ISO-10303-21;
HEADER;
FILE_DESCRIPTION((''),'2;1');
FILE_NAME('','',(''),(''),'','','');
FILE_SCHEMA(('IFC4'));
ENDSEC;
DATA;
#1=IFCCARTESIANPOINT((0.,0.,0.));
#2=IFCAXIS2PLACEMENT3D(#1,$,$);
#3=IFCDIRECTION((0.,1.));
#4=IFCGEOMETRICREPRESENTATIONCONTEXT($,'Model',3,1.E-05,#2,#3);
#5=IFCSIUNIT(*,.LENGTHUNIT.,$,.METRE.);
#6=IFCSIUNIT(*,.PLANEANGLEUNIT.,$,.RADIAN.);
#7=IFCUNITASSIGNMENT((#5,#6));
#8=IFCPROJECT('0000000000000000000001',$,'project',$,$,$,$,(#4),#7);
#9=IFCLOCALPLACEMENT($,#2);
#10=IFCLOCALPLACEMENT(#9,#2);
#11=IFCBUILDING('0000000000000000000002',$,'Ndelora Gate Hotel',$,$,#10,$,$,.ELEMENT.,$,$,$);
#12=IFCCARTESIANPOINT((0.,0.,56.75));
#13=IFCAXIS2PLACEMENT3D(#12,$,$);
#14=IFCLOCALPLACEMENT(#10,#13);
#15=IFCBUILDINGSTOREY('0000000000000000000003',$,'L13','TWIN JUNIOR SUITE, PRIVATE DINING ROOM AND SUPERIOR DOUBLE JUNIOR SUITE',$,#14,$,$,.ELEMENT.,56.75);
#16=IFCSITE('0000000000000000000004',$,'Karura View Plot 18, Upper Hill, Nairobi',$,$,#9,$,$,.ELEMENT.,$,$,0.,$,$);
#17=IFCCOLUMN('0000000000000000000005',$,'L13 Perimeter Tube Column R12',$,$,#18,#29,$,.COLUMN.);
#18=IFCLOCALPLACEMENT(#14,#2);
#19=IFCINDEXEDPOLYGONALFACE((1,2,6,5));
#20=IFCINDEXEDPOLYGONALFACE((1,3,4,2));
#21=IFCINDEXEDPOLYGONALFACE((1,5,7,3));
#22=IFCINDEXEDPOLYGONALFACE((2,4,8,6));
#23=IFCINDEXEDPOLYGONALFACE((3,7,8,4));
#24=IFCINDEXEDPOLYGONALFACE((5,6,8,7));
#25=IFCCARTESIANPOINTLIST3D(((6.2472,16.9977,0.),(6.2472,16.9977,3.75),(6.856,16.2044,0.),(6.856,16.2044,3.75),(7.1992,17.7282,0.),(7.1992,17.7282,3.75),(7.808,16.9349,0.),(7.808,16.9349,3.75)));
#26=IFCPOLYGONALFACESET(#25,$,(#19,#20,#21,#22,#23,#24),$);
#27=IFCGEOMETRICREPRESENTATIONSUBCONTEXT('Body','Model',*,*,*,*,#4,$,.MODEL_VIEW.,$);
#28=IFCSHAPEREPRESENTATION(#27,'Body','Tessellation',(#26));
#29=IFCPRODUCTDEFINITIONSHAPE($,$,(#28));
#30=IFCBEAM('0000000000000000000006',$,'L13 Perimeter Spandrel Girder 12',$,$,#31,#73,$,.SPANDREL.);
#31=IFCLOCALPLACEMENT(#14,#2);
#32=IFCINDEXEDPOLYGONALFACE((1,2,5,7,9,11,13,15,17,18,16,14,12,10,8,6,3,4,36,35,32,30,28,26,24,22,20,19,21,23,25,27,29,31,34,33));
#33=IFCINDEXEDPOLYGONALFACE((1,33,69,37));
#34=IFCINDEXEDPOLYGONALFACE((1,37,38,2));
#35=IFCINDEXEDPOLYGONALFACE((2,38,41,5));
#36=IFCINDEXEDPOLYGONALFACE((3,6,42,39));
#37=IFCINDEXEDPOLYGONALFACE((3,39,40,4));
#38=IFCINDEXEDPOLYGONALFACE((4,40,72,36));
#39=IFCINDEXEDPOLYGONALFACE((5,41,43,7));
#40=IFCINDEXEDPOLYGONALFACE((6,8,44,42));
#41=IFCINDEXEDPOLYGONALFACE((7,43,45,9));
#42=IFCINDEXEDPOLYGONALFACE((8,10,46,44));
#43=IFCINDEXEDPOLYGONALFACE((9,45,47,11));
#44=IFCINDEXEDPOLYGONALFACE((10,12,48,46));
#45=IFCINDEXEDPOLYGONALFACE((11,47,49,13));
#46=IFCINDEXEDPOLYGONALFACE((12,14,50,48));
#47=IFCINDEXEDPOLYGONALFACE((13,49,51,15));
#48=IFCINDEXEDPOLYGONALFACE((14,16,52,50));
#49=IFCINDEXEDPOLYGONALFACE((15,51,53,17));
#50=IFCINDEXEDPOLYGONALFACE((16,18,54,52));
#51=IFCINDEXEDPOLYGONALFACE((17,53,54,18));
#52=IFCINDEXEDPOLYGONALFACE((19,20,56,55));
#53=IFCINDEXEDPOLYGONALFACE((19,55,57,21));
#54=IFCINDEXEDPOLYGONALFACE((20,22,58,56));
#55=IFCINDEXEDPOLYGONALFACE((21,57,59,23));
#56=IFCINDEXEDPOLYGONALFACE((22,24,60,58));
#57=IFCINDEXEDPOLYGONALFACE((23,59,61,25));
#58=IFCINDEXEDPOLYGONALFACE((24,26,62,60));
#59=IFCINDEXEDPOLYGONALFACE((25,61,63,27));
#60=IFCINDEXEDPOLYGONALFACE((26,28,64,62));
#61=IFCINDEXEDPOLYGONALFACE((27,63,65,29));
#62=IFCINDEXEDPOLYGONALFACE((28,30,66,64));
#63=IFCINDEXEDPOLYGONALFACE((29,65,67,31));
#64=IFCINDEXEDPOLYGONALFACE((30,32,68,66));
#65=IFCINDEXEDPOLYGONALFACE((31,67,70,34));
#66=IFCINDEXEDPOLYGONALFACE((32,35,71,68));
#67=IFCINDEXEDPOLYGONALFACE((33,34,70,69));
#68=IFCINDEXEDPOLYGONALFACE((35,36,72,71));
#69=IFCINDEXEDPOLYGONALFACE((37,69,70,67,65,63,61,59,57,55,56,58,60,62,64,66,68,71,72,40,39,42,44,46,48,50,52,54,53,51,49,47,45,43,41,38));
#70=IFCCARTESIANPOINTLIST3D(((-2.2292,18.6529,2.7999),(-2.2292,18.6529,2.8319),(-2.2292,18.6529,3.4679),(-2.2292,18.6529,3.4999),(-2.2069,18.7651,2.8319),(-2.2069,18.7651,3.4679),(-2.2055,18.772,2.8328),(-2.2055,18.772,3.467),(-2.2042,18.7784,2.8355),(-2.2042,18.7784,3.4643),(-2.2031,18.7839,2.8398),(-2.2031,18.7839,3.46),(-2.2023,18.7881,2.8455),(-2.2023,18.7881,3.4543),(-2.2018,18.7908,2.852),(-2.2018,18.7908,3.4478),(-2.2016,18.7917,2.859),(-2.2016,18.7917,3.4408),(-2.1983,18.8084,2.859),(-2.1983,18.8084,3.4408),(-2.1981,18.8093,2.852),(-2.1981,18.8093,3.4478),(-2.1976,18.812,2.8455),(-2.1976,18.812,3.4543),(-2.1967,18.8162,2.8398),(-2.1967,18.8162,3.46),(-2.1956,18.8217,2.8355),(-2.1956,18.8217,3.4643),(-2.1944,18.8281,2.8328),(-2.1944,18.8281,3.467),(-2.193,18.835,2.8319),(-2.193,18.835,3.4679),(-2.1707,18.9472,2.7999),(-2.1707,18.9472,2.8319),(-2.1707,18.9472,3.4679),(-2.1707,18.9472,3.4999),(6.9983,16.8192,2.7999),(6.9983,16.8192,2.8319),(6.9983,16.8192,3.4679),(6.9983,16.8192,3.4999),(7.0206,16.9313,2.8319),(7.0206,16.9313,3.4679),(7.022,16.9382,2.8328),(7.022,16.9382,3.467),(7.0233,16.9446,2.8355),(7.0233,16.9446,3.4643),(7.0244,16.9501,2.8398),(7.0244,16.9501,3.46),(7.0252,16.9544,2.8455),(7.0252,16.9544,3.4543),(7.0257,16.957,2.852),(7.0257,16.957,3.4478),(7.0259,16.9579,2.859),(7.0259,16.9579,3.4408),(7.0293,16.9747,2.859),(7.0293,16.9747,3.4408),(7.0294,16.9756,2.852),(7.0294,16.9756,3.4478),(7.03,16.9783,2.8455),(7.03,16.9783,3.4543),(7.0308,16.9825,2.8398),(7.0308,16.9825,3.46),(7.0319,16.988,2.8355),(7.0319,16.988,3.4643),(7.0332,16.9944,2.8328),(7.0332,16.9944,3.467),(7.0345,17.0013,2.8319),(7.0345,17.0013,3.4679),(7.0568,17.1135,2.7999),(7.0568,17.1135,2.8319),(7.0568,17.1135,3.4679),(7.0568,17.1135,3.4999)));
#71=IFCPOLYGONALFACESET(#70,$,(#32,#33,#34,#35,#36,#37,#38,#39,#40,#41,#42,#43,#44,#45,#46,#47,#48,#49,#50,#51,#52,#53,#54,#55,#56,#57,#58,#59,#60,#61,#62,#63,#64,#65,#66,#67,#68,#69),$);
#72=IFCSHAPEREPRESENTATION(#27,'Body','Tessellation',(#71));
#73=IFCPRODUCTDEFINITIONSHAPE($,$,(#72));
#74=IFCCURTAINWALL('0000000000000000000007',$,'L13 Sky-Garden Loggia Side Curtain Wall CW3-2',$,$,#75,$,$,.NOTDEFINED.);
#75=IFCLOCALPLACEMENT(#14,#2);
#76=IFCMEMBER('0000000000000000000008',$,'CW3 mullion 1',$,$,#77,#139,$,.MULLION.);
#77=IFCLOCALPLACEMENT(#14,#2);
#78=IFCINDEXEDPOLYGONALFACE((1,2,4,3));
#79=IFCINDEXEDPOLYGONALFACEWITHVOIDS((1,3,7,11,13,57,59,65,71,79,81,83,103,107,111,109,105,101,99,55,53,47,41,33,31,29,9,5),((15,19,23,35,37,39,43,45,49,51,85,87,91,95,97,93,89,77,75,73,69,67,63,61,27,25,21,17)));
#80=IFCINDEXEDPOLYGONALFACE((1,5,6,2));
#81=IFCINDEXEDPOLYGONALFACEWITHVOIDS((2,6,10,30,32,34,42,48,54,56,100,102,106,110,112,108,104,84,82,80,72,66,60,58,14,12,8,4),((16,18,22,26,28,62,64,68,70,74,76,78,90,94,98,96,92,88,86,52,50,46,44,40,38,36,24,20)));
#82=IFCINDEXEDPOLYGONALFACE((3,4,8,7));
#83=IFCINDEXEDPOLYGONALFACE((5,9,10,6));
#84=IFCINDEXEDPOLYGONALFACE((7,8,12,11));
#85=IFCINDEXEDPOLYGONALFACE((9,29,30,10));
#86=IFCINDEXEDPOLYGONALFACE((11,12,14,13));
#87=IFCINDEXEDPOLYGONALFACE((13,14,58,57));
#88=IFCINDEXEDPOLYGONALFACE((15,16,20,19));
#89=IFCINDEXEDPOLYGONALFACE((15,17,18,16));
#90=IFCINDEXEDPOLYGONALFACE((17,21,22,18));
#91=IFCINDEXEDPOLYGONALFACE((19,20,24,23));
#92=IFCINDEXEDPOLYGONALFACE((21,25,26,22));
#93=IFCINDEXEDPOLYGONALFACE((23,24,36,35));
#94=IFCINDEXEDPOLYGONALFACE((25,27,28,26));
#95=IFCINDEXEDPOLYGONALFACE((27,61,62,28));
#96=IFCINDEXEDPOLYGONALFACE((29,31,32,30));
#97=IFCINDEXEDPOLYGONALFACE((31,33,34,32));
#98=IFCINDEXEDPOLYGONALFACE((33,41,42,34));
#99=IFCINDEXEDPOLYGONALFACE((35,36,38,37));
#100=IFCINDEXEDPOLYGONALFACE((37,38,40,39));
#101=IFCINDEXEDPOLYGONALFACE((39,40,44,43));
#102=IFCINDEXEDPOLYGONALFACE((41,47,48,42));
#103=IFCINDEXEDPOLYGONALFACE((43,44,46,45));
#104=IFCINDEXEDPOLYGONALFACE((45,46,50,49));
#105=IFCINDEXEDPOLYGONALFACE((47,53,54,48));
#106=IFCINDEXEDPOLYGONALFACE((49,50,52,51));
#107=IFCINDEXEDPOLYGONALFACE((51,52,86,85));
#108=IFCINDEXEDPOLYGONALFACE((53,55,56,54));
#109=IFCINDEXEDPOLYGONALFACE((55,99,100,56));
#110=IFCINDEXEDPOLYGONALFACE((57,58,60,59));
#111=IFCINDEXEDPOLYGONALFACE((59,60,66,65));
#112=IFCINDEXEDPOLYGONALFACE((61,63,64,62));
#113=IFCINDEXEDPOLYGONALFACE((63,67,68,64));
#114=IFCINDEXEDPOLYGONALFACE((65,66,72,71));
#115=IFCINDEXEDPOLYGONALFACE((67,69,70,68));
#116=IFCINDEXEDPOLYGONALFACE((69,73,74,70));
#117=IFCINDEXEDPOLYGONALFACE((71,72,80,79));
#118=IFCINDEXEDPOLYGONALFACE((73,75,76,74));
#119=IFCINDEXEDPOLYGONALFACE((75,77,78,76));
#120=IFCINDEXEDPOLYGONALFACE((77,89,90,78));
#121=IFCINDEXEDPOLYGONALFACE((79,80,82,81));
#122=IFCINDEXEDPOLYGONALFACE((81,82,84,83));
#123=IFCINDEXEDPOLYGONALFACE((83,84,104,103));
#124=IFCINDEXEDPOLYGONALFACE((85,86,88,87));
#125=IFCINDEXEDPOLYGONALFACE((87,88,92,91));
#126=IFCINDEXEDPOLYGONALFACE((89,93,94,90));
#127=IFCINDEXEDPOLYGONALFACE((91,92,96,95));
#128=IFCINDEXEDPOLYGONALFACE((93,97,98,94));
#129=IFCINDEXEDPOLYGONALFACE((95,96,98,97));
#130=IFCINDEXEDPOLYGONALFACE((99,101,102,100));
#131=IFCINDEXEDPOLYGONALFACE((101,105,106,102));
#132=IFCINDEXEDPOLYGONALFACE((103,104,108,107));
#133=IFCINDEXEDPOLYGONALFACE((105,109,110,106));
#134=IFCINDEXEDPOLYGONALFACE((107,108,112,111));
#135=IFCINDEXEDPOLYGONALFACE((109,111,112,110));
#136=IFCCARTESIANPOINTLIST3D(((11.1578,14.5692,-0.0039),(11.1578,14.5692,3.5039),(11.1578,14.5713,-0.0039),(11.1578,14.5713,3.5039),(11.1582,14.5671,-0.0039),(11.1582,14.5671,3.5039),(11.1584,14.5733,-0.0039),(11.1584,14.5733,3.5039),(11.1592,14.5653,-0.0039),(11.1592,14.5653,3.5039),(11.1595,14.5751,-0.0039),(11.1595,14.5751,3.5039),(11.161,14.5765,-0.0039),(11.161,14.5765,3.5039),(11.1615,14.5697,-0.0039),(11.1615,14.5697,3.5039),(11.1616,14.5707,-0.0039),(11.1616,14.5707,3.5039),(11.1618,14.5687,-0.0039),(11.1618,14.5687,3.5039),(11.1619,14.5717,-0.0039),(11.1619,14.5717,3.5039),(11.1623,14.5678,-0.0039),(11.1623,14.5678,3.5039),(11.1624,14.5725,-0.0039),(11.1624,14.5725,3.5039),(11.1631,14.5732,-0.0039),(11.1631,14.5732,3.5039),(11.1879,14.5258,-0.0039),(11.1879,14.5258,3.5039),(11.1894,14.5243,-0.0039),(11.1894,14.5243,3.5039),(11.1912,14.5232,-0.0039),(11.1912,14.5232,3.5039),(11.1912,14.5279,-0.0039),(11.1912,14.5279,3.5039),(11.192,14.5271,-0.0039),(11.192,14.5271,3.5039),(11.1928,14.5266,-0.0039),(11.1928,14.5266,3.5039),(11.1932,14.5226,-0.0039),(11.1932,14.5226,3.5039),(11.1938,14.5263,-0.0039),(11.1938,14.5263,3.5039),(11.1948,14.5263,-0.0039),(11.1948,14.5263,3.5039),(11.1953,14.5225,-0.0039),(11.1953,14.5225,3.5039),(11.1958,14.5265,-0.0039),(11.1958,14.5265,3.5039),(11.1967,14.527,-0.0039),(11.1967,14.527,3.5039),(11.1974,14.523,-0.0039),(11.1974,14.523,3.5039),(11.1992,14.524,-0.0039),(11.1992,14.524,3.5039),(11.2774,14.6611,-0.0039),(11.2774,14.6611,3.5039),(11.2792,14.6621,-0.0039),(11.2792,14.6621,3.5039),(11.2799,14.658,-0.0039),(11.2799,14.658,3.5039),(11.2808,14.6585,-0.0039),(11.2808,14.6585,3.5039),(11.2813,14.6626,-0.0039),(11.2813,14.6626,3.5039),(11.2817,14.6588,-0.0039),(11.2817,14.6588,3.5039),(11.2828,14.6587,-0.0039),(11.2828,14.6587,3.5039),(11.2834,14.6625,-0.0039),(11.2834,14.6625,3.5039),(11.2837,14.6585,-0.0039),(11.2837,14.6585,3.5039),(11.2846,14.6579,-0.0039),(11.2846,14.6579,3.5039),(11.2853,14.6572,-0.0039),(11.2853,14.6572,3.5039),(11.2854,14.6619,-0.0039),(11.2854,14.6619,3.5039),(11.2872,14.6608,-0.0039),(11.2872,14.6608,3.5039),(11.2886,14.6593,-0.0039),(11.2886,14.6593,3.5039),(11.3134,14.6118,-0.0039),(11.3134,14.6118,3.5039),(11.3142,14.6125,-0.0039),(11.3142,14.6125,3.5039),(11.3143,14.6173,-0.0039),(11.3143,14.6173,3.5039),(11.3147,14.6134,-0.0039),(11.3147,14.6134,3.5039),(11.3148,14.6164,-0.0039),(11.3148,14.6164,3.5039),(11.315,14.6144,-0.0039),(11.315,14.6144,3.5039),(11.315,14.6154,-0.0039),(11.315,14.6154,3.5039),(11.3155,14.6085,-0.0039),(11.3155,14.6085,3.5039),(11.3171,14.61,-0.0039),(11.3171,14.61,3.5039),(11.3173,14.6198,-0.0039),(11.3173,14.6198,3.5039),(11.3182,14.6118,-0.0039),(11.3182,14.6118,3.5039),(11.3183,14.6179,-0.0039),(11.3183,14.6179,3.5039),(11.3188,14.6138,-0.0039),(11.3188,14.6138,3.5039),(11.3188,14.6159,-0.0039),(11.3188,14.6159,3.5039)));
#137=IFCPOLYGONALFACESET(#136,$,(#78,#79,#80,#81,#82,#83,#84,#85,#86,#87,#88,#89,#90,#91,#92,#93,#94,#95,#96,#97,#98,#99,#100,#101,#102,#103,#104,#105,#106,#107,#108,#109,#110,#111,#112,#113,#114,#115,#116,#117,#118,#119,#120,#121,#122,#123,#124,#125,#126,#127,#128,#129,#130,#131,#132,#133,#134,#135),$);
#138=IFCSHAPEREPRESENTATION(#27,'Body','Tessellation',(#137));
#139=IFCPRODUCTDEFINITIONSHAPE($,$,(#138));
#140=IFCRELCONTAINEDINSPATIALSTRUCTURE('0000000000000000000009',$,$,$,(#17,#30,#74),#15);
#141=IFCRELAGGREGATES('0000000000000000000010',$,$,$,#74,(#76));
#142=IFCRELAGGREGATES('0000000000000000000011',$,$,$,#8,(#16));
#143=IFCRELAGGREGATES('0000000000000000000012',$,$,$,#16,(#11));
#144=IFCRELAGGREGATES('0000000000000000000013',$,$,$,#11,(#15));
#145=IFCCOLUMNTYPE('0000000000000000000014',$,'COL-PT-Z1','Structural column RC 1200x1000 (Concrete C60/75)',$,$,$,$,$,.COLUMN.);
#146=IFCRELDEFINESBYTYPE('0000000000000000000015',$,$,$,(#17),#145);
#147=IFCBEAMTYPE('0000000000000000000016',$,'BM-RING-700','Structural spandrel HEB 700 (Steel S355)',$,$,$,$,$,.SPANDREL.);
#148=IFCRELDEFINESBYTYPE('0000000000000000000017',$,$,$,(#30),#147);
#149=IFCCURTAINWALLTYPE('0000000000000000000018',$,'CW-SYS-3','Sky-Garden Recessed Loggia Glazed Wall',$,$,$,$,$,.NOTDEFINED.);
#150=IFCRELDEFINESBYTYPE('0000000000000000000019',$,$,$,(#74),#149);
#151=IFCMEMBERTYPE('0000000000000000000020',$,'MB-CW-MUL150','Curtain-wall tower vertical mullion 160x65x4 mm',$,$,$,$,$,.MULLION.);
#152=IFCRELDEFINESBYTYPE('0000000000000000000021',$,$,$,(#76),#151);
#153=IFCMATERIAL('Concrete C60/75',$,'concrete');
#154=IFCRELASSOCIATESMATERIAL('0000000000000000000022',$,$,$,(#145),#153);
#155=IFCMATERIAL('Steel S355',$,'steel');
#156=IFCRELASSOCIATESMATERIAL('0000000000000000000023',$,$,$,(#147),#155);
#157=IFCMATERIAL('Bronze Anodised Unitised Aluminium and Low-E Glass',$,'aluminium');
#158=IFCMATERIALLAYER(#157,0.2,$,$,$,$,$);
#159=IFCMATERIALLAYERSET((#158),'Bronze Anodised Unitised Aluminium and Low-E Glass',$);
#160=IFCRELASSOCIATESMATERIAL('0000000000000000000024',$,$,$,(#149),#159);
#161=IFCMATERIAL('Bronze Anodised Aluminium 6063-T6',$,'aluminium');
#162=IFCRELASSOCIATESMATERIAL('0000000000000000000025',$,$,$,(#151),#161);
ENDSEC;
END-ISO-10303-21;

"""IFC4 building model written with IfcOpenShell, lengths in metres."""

from ifc_helpers import new_model, si_unit, direction, frame, origin, origin_2d, place, context, subcontext, project, spatial, rectangle, hollow_rectangle, i_section, extrude, material, layer, layer_set, material_profile, profile_set, type_object, element, aggregate, save


model = new_model("IFC4")

# Units and contexts
model_context = context("Model", 3, precision=1e-05, world=origin(), true_north=direction((0.0, 1.0)))
body_context = subcontext(model_context, "Body", "Model", "MODEL_VIEW")
ifc_project = project(units=[si_unit("LENGTHUNIT", "METRE"), si_unit("PLANEANGLEUNIT", "RADIAN")], contexts=[model_context])

# Site, building, storey
site_placement = place(None, origin())
site = spatial("IfcSite", under=ifc_project, at=site_placement, Name="Karura View Plot 18, Upper Hill, Nairobi", CompositionType="ELEMENT", RefElevation=0.0)
building_placement = place(site_placement, origin())
building = spatial("IfcBuilding", under=site, at=building_placement, Name="Ndelora Gate Hotel", CompositionType="ELEMENT")
storey_placement = place(building_placement, frame((0.0, 0.0, 56.75)))
storey = spatial("IfcBuildingStorey", under=building, at=storey_placement, Name="L13", Description="TWIN JUNIOR SUITE, PRIVATE DINING ROOM AND SUPERIOR DOUBLE JUNIOR SUITE", CompositionType="ELEMENT", Elevation=56.75)

# Column
ifc_material_1 = material(Name="Concrete C60/75", Category="concrete")
ifc_material_profile_1 = material_profile(ifc_material_1, rectangle(XDim=1.0, YDim=1.2, at=origin_2d()), Name="RC 1200x1000")
ifc_profile_set_1 = profile_set([ifc_material_profile_1], Name="Concrete C60/75")
column_type = type_object("IfcColumnType", Name="COL-PT-Z1", Description="Structural column RC 1200x1000 (Concrete C60/75)", PredefinedType="COLUMN", material=ifc_profile_set_1)
column_placement = place(storey_placement, frame((7.0276, 16.9663, 0.0), z_axis=(0.0, 0.0, 1.0), x_axis=(-0.608761, 0.793353, 0.0)))
element("IfcColumn", 1, at=column_placement, inside=storey, type_object=column_type, Name="L13 Perimeter Tube Column R12", PredefinedType="COLUMN", context=body_context, shape_type="SweptSolid", body=[
    extrude(rectangle(XDim=1.0, YDim=1.2, at=origin_2d()), origin(), (0.0, 0.0, 1.0), 3.75),
])

# Beam
ifc_material_2 = material(Name="Steel S355", Category="steel")
ifc_material_profile_2 = material_profile(ifc_material_2, i_section(OverallWidth=0.3, OverallDepth=0.7, WebThickness=0.0171, FlangeThickness=0.032, FilletRadius=0.0271, at=origin_2d()), Name="HEB 700")
ifc_profile_set_2 = profile_set([ifc_material_profile_2], Name="Steel S355")
beam_type = type_object("IfcBeamType", Name="BM-RING-700", Description="Structural spandrel HEB 700 (Steel S355)", PredefinedType="SPANDREL", material=ifc_profile_set_2)
beam_placement = place(storey_placement, frame((7.0276, 16.9663, 3.1499), z_axis=(-0.98082, 0.194913, 0.0), x_axis=(-0.194913, -0.98082, 0.0)))
element("IfcBeam", 2, at=beam_placement, inside=storey, type_object=beam_type, Name="L13 Perimeter Spandrel Girder 12", PredefinedType="SPANDREL", context=body_context, shape_type="SweptSolid", body=[
    extrude(i_section(OverallWidth=0.3, OverallDepth=0.7, WebThickness=0.0171, FlangeThickness=0.032, FilletRadius=0.0271, at=origin_2d()), origin(), (0.0, 0.0, 1.0), 9.408),
])

# Curtain wall, member
ifc_material_3 = material(Name="Bronze Anodised Unitised Aluminium and Low-E Glass", Category="aluminium")
ifc_layer_1 = layer(ifc_material_3, 0.2)
ifc_layer_set_1 = layer_set([ifc_layer_1], Name="Bronze Anodised Unitised Aluminium and Low-E Glass")
curtain_wall_type = type_object("IfcCurtainWallType", Name="CW-SYS-3", Description="Sky-Garden Recessed Loggia Glazed Wall", PredefinedType="NOTDEFINED", material=ifc_layer_set_1)
curtain_wall_placement = place(storey_placement, origin())
curtain_wall = element("IfcCurtainWall", 3, at=curtain_wall_placement, inside=storey, type_object=curtain_wall_type, Name="L13 Sky-Garden Loggia Side Curtain Wall CW3-2", PredefinedType="NOTDEFINED")
ifc_material_4 = material(Name="Bronze Anodised Aluminium 6063-T6", Category="aluminium")
ifc_material_profile_3 = material_profile(ifc_material_4, hollow_rectangle(XDim=0.0649, YDim=0.1599, WallThickness=0.0039, InnerFilletRadius=0.0039, OuterFilletRadius=0.0081, at=origin_2d()), Name="ALU 160x65x4")
ifc_profile_set_3 = profile_set([ifc_material_profile_3], Name="Bronze Anodised Aluminium 6063-T6")
member_type_1 = type_object("IfcMemberType", Name="MB-CW-MUL150", Description="Curtain-wall tower vertical mullion 160x65x4 mm", PredefinedType="MULLION", material=ifc_profile_set_3)
member_1_placement = place(storey_placement, frame((11.2383, 14.5925, -0.0039), z_axis=(0.0, 0.0, 1.0), x_axis=(0.587785, -0.809017, 0.0)))
member_1 = element("IfcMember", 4, at=member_1_placement, type_object=member_type_1, Name="CW3 mullion 1", PredefinedType="MULLION", context=body_context, shape_type="SweptSolid", body=[
    extrude(hollow_rectangle(XDim=0.0649, YDim=0.1599, WallThickness=0.0039, InnerFilletRadius=0.0039, OuterFilletRadius=0.0081, at=origin_2d()), origin(), (0.0, 0.0, 1.0), 3.5078),
])
aggregate(curtain_wall, [member_1])

save(model, "model.ifc")
